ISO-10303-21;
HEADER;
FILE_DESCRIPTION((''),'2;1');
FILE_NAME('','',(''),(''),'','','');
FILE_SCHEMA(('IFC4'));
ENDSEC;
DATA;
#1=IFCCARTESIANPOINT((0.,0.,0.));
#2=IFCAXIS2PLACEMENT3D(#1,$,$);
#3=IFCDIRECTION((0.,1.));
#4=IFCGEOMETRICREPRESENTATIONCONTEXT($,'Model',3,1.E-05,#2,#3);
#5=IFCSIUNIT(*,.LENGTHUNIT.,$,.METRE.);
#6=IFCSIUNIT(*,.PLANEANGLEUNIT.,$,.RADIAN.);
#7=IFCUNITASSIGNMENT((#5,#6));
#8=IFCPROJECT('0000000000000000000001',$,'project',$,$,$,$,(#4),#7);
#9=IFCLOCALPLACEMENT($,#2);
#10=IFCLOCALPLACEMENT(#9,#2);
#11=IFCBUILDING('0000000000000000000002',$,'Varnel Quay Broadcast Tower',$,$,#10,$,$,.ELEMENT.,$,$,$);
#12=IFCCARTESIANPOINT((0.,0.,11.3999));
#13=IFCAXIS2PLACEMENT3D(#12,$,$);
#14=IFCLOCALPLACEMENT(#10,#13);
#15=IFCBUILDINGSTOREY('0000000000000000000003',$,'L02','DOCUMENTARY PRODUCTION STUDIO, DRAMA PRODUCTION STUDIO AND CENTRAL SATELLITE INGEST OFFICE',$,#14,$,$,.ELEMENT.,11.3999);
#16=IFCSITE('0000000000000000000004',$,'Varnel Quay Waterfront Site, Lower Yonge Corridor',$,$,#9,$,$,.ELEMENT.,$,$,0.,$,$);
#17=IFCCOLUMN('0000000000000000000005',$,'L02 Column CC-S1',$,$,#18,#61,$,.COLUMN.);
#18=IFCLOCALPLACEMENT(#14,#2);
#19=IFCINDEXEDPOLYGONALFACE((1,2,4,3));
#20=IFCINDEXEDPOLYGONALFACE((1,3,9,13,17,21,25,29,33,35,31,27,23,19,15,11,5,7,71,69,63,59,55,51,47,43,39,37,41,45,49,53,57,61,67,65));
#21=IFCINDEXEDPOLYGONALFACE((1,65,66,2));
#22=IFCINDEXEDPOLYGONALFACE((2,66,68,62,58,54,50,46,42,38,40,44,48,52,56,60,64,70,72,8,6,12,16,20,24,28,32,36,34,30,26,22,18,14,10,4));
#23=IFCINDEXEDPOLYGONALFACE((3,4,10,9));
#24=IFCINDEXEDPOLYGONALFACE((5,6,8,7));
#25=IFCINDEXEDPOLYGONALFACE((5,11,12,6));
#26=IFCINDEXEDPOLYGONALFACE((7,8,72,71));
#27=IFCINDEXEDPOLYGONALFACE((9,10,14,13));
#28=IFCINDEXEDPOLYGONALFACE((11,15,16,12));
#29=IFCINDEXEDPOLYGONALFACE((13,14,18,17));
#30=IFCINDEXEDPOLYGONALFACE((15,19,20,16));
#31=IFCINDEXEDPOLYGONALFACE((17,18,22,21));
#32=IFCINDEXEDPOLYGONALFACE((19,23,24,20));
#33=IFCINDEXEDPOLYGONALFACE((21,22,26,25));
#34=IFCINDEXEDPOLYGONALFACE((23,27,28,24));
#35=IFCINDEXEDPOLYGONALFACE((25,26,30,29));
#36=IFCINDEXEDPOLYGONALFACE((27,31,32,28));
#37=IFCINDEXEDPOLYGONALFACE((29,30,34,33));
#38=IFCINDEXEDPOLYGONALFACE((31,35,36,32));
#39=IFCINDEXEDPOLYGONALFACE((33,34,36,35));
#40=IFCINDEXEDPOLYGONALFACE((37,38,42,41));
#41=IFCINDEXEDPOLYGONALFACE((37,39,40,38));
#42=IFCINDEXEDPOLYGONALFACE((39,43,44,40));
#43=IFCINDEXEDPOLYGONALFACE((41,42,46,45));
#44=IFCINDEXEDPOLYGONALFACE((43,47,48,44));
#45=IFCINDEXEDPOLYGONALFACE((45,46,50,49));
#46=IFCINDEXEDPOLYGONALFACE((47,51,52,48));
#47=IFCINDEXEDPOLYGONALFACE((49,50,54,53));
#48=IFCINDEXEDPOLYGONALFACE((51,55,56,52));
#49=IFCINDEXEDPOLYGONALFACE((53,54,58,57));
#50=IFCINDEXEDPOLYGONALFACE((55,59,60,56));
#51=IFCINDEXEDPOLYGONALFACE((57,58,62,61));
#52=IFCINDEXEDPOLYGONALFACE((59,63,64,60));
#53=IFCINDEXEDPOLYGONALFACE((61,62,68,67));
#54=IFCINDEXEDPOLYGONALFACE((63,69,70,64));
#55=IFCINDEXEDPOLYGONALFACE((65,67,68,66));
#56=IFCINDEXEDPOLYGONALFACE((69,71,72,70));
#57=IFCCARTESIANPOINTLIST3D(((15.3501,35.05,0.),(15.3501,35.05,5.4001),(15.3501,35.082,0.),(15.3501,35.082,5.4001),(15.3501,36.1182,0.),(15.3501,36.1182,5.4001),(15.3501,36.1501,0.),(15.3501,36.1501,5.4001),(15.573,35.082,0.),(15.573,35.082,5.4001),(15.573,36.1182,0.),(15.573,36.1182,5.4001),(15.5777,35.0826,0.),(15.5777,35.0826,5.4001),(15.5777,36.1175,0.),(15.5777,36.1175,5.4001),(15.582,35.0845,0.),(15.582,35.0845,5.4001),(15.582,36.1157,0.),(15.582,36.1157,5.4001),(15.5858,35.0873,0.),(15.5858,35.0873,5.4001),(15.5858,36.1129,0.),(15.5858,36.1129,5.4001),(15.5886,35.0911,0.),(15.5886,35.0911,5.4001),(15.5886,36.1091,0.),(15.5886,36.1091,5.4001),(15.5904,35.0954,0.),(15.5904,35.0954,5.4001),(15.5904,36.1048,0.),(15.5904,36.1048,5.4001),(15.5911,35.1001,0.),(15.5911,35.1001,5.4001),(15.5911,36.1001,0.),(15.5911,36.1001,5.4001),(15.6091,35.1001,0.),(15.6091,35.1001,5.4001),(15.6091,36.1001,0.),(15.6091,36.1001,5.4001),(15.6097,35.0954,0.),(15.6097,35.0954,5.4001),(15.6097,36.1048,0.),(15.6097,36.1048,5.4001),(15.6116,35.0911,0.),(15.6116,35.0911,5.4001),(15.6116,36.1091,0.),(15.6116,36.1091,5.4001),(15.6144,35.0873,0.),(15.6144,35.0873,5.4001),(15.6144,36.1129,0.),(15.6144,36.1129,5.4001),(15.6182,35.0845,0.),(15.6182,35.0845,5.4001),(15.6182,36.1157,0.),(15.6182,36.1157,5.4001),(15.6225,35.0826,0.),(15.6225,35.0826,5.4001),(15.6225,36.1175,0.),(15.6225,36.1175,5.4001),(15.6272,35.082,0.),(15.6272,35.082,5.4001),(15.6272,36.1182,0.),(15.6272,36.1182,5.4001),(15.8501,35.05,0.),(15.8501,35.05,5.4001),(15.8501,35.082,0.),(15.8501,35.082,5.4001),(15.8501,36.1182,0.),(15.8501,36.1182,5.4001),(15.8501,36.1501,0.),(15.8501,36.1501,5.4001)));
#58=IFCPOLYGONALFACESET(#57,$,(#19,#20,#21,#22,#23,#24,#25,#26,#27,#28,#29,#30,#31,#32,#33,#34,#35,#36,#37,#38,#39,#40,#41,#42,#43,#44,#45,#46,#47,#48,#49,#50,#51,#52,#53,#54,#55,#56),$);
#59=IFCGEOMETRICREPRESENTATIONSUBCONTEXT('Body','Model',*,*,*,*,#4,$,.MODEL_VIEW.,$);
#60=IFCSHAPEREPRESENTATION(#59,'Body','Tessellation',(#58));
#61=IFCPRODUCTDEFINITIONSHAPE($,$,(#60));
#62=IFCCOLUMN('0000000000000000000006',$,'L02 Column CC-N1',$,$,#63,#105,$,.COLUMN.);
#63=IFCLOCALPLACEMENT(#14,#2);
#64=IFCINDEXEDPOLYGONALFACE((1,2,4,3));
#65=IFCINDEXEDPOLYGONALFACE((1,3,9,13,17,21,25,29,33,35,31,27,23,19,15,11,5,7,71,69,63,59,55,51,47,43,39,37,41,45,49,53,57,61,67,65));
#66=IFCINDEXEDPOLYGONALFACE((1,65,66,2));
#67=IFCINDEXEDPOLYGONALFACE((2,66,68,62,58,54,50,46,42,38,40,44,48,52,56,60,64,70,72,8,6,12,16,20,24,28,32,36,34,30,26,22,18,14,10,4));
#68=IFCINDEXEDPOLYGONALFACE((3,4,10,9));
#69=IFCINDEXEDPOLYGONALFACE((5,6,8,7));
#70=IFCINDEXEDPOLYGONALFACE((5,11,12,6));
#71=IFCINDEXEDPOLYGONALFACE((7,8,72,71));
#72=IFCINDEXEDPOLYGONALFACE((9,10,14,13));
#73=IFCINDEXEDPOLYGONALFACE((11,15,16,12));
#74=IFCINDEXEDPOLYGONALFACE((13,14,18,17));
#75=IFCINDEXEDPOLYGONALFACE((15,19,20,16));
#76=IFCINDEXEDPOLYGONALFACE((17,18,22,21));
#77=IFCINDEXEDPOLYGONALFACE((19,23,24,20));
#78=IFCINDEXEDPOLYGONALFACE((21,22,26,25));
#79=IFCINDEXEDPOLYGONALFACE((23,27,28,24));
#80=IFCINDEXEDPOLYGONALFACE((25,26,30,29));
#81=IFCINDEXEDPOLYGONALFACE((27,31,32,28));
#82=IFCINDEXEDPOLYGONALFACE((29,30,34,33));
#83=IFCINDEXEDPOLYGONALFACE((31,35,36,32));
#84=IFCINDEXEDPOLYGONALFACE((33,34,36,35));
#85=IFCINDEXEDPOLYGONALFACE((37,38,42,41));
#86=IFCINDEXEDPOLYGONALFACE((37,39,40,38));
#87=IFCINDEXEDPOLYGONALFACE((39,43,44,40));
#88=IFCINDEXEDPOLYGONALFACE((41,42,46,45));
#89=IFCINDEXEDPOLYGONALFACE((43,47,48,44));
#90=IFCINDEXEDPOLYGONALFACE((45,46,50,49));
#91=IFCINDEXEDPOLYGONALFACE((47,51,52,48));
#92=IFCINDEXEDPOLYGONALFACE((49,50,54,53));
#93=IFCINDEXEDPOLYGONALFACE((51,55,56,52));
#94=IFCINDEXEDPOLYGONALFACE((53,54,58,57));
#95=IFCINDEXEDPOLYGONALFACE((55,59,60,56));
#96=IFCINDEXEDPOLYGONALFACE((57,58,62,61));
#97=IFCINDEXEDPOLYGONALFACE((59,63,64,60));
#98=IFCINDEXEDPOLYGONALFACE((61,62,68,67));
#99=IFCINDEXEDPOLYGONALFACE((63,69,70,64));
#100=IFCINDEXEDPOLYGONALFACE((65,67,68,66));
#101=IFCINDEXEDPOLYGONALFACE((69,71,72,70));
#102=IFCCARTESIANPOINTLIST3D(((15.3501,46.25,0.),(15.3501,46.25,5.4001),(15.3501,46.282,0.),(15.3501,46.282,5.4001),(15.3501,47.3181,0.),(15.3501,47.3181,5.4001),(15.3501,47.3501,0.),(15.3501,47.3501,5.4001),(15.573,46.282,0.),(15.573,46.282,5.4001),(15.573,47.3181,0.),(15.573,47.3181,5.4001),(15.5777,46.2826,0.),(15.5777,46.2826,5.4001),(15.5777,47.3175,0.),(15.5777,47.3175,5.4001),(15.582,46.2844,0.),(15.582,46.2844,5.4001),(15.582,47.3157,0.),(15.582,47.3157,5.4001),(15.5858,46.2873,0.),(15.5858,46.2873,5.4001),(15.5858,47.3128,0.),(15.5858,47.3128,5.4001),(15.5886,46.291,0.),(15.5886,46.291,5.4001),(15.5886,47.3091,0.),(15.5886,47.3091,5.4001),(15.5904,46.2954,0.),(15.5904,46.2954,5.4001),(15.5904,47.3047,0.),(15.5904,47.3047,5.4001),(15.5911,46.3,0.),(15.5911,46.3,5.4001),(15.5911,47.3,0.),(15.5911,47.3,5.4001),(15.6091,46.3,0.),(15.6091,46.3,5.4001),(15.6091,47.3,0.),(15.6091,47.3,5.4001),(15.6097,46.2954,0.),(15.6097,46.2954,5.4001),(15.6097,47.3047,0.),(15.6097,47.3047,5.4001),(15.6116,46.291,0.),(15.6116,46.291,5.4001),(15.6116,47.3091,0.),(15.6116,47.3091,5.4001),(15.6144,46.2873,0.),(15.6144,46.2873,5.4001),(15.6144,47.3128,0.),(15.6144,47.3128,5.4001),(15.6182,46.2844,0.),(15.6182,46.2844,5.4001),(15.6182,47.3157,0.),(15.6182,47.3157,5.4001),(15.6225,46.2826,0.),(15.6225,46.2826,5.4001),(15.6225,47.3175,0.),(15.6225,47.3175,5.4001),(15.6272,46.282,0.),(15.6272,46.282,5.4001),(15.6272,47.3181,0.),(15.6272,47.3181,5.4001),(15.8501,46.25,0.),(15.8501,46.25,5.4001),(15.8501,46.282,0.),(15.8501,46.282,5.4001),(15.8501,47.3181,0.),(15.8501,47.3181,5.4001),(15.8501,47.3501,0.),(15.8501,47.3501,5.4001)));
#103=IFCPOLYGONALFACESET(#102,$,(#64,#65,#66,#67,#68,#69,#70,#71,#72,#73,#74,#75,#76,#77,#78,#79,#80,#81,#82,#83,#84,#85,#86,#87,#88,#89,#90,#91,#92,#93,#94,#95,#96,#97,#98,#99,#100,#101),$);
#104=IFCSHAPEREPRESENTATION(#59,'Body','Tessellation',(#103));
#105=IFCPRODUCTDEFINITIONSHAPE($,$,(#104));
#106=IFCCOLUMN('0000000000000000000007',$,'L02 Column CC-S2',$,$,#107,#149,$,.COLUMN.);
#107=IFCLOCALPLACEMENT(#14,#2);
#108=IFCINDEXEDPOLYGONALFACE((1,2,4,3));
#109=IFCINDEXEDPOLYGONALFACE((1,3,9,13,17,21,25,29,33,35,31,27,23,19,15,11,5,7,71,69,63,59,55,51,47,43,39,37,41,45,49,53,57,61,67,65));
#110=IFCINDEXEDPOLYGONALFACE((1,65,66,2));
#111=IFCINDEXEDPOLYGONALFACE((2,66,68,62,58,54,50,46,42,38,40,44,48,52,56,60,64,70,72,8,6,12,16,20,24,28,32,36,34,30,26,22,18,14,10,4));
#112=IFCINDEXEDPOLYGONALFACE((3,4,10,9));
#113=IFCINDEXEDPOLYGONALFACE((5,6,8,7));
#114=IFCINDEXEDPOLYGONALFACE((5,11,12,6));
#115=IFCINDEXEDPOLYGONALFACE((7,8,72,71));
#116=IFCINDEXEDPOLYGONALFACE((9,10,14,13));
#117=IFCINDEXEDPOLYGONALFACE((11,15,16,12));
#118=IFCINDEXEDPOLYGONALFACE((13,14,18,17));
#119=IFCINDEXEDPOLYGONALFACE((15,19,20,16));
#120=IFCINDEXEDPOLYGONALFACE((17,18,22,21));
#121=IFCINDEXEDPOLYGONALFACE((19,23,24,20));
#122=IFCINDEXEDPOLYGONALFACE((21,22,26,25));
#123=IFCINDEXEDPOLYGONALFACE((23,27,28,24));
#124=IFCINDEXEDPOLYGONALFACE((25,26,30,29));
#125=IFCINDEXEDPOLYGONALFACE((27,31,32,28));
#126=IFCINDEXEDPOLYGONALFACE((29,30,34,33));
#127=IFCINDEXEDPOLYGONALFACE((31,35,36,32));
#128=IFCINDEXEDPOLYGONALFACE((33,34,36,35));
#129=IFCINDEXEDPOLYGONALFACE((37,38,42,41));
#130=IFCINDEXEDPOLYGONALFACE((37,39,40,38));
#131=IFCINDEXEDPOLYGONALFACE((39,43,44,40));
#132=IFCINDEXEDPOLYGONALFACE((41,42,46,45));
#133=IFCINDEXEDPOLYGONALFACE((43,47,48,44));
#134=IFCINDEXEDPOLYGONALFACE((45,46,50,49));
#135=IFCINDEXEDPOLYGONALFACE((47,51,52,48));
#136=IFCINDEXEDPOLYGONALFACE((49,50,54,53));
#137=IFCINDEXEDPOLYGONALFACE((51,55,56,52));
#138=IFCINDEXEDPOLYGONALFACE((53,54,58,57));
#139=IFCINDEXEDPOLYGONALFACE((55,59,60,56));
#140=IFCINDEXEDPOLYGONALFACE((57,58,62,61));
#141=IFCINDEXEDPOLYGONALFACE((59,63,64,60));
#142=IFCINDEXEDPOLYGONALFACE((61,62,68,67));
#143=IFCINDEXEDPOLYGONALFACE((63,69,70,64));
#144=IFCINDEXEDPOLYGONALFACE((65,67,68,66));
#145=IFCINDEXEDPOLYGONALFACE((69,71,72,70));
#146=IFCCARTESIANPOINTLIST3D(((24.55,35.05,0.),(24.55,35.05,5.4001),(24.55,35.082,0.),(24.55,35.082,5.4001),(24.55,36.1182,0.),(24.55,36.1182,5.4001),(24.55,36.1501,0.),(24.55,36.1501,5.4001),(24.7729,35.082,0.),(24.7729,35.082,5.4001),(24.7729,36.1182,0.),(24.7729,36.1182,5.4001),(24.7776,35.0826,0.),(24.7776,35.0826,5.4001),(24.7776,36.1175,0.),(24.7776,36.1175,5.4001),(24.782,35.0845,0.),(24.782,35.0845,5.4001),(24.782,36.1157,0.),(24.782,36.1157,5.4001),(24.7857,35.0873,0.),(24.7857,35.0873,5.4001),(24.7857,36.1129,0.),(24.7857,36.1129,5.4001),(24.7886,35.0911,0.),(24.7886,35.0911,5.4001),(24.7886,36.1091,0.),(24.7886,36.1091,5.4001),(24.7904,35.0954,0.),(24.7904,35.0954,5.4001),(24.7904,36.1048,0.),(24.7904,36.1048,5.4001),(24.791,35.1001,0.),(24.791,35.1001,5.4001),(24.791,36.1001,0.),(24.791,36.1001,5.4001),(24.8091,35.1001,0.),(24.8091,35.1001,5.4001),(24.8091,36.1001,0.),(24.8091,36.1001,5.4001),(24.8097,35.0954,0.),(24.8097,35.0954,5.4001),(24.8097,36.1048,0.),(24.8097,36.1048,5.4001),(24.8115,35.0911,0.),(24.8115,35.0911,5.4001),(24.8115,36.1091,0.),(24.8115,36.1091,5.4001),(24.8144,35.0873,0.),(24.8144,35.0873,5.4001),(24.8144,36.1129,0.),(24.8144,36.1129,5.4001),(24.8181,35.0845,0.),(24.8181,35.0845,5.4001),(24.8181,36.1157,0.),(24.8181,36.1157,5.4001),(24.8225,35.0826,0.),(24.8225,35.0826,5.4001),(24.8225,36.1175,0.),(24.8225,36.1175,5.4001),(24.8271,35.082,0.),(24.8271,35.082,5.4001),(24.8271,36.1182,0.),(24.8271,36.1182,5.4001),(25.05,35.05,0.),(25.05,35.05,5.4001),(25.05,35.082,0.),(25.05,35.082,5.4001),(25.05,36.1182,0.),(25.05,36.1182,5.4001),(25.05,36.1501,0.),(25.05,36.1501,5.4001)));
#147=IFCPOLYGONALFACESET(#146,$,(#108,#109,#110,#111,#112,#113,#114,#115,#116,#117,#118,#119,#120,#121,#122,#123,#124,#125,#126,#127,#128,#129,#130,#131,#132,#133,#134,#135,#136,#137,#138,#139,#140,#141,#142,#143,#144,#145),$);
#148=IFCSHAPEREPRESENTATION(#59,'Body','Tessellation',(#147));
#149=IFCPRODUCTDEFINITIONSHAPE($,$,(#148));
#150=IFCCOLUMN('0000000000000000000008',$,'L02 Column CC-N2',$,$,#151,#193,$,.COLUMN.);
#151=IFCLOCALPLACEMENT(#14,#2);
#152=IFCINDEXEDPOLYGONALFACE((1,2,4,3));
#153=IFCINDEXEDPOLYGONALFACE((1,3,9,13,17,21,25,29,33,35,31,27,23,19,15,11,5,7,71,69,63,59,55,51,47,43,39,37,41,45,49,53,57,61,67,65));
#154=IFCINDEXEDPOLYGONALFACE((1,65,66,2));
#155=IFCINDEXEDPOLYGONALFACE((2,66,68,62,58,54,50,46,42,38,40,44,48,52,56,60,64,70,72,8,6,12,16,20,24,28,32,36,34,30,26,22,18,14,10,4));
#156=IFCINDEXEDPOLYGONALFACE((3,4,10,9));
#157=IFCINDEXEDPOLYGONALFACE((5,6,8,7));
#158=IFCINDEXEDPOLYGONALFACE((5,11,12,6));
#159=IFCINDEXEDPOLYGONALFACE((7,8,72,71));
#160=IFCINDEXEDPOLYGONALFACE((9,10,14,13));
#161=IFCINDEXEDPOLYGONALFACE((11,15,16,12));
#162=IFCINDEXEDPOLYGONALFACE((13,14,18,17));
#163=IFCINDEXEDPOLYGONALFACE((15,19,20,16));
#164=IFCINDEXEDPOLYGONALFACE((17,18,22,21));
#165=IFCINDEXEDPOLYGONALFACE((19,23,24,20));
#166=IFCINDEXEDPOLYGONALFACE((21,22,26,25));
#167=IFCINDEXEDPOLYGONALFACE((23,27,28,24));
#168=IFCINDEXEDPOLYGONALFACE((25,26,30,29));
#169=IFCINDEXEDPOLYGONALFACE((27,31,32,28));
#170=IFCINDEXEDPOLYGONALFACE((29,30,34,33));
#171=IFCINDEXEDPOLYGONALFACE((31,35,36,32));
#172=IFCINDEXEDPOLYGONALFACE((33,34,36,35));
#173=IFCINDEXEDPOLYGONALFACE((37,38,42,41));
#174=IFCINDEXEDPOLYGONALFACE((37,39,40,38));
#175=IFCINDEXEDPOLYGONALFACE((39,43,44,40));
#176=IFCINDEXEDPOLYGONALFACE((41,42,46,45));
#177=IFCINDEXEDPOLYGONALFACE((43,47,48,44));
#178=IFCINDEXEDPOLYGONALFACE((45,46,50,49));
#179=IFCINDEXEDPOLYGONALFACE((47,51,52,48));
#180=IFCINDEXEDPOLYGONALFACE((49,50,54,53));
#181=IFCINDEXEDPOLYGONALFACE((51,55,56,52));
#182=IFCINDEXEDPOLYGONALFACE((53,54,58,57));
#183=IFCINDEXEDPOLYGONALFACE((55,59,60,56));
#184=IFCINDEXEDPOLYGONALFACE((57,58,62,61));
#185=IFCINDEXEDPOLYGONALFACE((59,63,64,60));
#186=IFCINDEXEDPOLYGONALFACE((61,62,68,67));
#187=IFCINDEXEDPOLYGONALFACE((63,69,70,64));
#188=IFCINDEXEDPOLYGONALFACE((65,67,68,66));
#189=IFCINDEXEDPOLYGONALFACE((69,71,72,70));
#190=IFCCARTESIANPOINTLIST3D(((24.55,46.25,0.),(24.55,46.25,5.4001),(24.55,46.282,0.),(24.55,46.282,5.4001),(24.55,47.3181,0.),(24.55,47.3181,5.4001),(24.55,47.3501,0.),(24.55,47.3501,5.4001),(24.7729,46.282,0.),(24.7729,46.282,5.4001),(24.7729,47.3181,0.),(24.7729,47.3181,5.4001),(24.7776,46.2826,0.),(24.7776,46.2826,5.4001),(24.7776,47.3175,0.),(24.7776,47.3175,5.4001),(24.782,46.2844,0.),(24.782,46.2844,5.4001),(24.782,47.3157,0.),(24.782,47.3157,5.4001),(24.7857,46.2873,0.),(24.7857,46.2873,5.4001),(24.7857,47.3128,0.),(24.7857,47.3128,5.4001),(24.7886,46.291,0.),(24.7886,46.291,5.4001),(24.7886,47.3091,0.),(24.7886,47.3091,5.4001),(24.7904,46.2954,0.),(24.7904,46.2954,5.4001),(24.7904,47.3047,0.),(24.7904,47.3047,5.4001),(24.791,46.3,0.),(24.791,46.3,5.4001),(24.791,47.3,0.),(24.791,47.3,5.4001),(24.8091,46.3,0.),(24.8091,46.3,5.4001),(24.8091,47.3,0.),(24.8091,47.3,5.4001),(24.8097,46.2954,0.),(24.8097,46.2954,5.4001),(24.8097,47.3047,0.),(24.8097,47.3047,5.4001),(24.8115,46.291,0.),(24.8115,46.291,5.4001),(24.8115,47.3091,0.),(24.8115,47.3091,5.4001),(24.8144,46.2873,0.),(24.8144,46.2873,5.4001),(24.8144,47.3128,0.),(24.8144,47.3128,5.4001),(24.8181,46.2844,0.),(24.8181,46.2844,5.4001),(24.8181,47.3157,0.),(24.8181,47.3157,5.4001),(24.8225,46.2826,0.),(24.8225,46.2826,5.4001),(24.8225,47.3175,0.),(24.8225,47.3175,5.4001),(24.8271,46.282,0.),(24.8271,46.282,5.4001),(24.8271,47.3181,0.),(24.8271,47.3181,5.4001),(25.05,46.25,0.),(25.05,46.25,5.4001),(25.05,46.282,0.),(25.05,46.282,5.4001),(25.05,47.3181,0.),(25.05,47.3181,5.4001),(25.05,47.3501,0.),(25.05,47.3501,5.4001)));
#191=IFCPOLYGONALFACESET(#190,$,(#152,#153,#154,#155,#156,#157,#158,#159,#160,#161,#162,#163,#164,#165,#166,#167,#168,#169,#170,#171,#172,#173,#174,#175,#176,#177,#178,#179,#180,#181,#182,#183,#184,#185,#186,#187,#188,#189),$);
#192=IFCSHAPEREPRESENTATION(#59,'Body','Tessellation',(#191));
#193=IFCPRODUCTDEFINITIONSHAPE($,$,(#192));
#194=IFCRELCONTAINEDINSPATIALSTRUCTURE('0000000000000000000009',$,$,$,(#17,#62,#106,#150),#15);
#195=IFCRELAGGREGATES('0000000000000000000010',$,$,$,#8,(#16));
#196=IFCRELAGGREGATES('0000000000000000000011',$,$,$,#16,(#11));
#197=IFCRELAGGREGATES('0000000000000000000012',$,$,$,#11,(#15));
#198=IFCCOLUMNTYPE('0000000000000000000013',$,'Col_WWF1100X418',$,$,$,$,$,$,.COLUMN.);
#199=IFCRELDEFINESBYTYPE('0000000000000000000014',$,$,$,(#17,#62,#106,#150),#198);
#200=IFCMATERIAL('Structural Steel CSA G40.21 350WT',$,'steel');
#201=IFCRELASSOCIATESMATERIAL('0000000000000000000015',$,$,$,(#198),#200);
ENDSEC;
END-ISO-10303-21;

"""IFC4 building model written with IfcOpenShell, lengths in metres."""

from ifc_helpers import new_model, si_unit, direction, frame, origin, origin_2d, place, context, subcontext, project, spatial, i_section, extrude, source, transform, mapped, material, material_profile, profile_set, type_object, type_shapes, element, save


model = new_model("IFC4")

# Units and contexts
model_context = context("Model", 3, precision=1e-05, world=origin(), true_north=direction((0.0, 1.0)))
body_context = subcontext(model_context, "Body", "Model", "MODEL_VIEW")
ifc_project = project(units=[si_unit("LENGTHUNIT", "METRE"), si_unit("PLANEANGLEUNIT", "RADIAN")], contexts=[model_context])

# Site, building, storey
site_placement = place(None, origin())
site = spatial("IfcSite", under=ifc_project, at=site_placement, Name="Varnel Quay Waterfront Site, Lower Yonge Corridor", CompositionType="ELEMENT", RefElevation=0.0)
building_placement = place(site_placement, origin())
building = spatial("IfcBuilding", under=site, at=building_placement, Name="Varnel Quay Broadcast Tower", CompositionType="ELEMENT")
storey_placement = place(building_placement, frame((0.0, 0.0, 11.3999)))
storey = spatial("IfcBuildingStorey", under=building, at=storey_placement, Name="L02", Description="DOCUMENTARY PRODUCTION STUDIO, DRAMA PRODUCTION STUDIO AND CENTRAL SATELLITE INGEST OFFICE", CompositionType="ELEMENT", Elevation=11.3999)

# Columns
ifc_material_1 = material(Name="Structural Steel CSA G40.21 350WT", Category="steel")
ifc_material_profile_1 = material_profile(ifc_material_1, i_section(OverallWidth=0.5, OverallDepth=1.1001, WebThickness=0.0181, FlangeThickness=0.032, FilletRadius=0.0181, at=origin_2d()), Name="WWF1100X418")
ifc_profile_set_1 = profile_set([ifc_material_profile_1], Name="Structural Steel CSA G40.21 350WT")
column_type = type_object("IfcColumnType", Name="Col_WWF1100X418", PredefinedType="COLUMN", material=ifc_profile_set_1)
shared_shape_1 = source(origin(), body_context, "Body", "SweptSolid", [
    extrude(i_section(OverallWidth=0.5, OverallDepth=1.1001, WebThickness=0.0181, FlangeThickness=0.032, FilletRadius=0.0181, at=origin_2d()), origin(), (0.0, 0.0, 1.0), 5.4001),
])
type_shapes(column_type, [shared_shape_1])
for number, where, z_axis, x_axis, name in (
    (1, (15.6001, 35.6001, 0.0), (0.0, 0.0, 1.0), (1.0, 0.0, 0.0), "L02 Column CC-S1"),
    (2, (15.6001, 46.8, 0.0), (0.0, 0.0, 1.0), (1.0, 0.0, 0.0), "L02 Column CC-N1"),
    (3, (24.8, 35.6001, 0.0), (0.0, 0.0, 1.0), (1.0, 0.0, 0.0), "L02 Column CC-S2"),
    (4, (24.8, 46.8, 0.0), (0.0, 0.0, 1.0), (1.0, 0.0, 0.0), "L02 Column CC-N2"),
):
    element("IfcColumn", number, at=place(storey_placement, frame(where, z_axis=z_axis, x_axis=x_axis)), inside=storey, type_object=column_type, Name=name, PredefinedType="COLUMN", context=body_context, shape_type="MappedRepresentation", body=[
        mapped(shared_shape_1, transform((0.0, 0.0, 0.0), x_axis=(1.0, 0.0, 0.0), y_axis=(0.0, 1.0, 0.0), z_axis=(0.0, 0.0, 1.0), scale=1.0)),
    ])

save(model, "model.ifc")
